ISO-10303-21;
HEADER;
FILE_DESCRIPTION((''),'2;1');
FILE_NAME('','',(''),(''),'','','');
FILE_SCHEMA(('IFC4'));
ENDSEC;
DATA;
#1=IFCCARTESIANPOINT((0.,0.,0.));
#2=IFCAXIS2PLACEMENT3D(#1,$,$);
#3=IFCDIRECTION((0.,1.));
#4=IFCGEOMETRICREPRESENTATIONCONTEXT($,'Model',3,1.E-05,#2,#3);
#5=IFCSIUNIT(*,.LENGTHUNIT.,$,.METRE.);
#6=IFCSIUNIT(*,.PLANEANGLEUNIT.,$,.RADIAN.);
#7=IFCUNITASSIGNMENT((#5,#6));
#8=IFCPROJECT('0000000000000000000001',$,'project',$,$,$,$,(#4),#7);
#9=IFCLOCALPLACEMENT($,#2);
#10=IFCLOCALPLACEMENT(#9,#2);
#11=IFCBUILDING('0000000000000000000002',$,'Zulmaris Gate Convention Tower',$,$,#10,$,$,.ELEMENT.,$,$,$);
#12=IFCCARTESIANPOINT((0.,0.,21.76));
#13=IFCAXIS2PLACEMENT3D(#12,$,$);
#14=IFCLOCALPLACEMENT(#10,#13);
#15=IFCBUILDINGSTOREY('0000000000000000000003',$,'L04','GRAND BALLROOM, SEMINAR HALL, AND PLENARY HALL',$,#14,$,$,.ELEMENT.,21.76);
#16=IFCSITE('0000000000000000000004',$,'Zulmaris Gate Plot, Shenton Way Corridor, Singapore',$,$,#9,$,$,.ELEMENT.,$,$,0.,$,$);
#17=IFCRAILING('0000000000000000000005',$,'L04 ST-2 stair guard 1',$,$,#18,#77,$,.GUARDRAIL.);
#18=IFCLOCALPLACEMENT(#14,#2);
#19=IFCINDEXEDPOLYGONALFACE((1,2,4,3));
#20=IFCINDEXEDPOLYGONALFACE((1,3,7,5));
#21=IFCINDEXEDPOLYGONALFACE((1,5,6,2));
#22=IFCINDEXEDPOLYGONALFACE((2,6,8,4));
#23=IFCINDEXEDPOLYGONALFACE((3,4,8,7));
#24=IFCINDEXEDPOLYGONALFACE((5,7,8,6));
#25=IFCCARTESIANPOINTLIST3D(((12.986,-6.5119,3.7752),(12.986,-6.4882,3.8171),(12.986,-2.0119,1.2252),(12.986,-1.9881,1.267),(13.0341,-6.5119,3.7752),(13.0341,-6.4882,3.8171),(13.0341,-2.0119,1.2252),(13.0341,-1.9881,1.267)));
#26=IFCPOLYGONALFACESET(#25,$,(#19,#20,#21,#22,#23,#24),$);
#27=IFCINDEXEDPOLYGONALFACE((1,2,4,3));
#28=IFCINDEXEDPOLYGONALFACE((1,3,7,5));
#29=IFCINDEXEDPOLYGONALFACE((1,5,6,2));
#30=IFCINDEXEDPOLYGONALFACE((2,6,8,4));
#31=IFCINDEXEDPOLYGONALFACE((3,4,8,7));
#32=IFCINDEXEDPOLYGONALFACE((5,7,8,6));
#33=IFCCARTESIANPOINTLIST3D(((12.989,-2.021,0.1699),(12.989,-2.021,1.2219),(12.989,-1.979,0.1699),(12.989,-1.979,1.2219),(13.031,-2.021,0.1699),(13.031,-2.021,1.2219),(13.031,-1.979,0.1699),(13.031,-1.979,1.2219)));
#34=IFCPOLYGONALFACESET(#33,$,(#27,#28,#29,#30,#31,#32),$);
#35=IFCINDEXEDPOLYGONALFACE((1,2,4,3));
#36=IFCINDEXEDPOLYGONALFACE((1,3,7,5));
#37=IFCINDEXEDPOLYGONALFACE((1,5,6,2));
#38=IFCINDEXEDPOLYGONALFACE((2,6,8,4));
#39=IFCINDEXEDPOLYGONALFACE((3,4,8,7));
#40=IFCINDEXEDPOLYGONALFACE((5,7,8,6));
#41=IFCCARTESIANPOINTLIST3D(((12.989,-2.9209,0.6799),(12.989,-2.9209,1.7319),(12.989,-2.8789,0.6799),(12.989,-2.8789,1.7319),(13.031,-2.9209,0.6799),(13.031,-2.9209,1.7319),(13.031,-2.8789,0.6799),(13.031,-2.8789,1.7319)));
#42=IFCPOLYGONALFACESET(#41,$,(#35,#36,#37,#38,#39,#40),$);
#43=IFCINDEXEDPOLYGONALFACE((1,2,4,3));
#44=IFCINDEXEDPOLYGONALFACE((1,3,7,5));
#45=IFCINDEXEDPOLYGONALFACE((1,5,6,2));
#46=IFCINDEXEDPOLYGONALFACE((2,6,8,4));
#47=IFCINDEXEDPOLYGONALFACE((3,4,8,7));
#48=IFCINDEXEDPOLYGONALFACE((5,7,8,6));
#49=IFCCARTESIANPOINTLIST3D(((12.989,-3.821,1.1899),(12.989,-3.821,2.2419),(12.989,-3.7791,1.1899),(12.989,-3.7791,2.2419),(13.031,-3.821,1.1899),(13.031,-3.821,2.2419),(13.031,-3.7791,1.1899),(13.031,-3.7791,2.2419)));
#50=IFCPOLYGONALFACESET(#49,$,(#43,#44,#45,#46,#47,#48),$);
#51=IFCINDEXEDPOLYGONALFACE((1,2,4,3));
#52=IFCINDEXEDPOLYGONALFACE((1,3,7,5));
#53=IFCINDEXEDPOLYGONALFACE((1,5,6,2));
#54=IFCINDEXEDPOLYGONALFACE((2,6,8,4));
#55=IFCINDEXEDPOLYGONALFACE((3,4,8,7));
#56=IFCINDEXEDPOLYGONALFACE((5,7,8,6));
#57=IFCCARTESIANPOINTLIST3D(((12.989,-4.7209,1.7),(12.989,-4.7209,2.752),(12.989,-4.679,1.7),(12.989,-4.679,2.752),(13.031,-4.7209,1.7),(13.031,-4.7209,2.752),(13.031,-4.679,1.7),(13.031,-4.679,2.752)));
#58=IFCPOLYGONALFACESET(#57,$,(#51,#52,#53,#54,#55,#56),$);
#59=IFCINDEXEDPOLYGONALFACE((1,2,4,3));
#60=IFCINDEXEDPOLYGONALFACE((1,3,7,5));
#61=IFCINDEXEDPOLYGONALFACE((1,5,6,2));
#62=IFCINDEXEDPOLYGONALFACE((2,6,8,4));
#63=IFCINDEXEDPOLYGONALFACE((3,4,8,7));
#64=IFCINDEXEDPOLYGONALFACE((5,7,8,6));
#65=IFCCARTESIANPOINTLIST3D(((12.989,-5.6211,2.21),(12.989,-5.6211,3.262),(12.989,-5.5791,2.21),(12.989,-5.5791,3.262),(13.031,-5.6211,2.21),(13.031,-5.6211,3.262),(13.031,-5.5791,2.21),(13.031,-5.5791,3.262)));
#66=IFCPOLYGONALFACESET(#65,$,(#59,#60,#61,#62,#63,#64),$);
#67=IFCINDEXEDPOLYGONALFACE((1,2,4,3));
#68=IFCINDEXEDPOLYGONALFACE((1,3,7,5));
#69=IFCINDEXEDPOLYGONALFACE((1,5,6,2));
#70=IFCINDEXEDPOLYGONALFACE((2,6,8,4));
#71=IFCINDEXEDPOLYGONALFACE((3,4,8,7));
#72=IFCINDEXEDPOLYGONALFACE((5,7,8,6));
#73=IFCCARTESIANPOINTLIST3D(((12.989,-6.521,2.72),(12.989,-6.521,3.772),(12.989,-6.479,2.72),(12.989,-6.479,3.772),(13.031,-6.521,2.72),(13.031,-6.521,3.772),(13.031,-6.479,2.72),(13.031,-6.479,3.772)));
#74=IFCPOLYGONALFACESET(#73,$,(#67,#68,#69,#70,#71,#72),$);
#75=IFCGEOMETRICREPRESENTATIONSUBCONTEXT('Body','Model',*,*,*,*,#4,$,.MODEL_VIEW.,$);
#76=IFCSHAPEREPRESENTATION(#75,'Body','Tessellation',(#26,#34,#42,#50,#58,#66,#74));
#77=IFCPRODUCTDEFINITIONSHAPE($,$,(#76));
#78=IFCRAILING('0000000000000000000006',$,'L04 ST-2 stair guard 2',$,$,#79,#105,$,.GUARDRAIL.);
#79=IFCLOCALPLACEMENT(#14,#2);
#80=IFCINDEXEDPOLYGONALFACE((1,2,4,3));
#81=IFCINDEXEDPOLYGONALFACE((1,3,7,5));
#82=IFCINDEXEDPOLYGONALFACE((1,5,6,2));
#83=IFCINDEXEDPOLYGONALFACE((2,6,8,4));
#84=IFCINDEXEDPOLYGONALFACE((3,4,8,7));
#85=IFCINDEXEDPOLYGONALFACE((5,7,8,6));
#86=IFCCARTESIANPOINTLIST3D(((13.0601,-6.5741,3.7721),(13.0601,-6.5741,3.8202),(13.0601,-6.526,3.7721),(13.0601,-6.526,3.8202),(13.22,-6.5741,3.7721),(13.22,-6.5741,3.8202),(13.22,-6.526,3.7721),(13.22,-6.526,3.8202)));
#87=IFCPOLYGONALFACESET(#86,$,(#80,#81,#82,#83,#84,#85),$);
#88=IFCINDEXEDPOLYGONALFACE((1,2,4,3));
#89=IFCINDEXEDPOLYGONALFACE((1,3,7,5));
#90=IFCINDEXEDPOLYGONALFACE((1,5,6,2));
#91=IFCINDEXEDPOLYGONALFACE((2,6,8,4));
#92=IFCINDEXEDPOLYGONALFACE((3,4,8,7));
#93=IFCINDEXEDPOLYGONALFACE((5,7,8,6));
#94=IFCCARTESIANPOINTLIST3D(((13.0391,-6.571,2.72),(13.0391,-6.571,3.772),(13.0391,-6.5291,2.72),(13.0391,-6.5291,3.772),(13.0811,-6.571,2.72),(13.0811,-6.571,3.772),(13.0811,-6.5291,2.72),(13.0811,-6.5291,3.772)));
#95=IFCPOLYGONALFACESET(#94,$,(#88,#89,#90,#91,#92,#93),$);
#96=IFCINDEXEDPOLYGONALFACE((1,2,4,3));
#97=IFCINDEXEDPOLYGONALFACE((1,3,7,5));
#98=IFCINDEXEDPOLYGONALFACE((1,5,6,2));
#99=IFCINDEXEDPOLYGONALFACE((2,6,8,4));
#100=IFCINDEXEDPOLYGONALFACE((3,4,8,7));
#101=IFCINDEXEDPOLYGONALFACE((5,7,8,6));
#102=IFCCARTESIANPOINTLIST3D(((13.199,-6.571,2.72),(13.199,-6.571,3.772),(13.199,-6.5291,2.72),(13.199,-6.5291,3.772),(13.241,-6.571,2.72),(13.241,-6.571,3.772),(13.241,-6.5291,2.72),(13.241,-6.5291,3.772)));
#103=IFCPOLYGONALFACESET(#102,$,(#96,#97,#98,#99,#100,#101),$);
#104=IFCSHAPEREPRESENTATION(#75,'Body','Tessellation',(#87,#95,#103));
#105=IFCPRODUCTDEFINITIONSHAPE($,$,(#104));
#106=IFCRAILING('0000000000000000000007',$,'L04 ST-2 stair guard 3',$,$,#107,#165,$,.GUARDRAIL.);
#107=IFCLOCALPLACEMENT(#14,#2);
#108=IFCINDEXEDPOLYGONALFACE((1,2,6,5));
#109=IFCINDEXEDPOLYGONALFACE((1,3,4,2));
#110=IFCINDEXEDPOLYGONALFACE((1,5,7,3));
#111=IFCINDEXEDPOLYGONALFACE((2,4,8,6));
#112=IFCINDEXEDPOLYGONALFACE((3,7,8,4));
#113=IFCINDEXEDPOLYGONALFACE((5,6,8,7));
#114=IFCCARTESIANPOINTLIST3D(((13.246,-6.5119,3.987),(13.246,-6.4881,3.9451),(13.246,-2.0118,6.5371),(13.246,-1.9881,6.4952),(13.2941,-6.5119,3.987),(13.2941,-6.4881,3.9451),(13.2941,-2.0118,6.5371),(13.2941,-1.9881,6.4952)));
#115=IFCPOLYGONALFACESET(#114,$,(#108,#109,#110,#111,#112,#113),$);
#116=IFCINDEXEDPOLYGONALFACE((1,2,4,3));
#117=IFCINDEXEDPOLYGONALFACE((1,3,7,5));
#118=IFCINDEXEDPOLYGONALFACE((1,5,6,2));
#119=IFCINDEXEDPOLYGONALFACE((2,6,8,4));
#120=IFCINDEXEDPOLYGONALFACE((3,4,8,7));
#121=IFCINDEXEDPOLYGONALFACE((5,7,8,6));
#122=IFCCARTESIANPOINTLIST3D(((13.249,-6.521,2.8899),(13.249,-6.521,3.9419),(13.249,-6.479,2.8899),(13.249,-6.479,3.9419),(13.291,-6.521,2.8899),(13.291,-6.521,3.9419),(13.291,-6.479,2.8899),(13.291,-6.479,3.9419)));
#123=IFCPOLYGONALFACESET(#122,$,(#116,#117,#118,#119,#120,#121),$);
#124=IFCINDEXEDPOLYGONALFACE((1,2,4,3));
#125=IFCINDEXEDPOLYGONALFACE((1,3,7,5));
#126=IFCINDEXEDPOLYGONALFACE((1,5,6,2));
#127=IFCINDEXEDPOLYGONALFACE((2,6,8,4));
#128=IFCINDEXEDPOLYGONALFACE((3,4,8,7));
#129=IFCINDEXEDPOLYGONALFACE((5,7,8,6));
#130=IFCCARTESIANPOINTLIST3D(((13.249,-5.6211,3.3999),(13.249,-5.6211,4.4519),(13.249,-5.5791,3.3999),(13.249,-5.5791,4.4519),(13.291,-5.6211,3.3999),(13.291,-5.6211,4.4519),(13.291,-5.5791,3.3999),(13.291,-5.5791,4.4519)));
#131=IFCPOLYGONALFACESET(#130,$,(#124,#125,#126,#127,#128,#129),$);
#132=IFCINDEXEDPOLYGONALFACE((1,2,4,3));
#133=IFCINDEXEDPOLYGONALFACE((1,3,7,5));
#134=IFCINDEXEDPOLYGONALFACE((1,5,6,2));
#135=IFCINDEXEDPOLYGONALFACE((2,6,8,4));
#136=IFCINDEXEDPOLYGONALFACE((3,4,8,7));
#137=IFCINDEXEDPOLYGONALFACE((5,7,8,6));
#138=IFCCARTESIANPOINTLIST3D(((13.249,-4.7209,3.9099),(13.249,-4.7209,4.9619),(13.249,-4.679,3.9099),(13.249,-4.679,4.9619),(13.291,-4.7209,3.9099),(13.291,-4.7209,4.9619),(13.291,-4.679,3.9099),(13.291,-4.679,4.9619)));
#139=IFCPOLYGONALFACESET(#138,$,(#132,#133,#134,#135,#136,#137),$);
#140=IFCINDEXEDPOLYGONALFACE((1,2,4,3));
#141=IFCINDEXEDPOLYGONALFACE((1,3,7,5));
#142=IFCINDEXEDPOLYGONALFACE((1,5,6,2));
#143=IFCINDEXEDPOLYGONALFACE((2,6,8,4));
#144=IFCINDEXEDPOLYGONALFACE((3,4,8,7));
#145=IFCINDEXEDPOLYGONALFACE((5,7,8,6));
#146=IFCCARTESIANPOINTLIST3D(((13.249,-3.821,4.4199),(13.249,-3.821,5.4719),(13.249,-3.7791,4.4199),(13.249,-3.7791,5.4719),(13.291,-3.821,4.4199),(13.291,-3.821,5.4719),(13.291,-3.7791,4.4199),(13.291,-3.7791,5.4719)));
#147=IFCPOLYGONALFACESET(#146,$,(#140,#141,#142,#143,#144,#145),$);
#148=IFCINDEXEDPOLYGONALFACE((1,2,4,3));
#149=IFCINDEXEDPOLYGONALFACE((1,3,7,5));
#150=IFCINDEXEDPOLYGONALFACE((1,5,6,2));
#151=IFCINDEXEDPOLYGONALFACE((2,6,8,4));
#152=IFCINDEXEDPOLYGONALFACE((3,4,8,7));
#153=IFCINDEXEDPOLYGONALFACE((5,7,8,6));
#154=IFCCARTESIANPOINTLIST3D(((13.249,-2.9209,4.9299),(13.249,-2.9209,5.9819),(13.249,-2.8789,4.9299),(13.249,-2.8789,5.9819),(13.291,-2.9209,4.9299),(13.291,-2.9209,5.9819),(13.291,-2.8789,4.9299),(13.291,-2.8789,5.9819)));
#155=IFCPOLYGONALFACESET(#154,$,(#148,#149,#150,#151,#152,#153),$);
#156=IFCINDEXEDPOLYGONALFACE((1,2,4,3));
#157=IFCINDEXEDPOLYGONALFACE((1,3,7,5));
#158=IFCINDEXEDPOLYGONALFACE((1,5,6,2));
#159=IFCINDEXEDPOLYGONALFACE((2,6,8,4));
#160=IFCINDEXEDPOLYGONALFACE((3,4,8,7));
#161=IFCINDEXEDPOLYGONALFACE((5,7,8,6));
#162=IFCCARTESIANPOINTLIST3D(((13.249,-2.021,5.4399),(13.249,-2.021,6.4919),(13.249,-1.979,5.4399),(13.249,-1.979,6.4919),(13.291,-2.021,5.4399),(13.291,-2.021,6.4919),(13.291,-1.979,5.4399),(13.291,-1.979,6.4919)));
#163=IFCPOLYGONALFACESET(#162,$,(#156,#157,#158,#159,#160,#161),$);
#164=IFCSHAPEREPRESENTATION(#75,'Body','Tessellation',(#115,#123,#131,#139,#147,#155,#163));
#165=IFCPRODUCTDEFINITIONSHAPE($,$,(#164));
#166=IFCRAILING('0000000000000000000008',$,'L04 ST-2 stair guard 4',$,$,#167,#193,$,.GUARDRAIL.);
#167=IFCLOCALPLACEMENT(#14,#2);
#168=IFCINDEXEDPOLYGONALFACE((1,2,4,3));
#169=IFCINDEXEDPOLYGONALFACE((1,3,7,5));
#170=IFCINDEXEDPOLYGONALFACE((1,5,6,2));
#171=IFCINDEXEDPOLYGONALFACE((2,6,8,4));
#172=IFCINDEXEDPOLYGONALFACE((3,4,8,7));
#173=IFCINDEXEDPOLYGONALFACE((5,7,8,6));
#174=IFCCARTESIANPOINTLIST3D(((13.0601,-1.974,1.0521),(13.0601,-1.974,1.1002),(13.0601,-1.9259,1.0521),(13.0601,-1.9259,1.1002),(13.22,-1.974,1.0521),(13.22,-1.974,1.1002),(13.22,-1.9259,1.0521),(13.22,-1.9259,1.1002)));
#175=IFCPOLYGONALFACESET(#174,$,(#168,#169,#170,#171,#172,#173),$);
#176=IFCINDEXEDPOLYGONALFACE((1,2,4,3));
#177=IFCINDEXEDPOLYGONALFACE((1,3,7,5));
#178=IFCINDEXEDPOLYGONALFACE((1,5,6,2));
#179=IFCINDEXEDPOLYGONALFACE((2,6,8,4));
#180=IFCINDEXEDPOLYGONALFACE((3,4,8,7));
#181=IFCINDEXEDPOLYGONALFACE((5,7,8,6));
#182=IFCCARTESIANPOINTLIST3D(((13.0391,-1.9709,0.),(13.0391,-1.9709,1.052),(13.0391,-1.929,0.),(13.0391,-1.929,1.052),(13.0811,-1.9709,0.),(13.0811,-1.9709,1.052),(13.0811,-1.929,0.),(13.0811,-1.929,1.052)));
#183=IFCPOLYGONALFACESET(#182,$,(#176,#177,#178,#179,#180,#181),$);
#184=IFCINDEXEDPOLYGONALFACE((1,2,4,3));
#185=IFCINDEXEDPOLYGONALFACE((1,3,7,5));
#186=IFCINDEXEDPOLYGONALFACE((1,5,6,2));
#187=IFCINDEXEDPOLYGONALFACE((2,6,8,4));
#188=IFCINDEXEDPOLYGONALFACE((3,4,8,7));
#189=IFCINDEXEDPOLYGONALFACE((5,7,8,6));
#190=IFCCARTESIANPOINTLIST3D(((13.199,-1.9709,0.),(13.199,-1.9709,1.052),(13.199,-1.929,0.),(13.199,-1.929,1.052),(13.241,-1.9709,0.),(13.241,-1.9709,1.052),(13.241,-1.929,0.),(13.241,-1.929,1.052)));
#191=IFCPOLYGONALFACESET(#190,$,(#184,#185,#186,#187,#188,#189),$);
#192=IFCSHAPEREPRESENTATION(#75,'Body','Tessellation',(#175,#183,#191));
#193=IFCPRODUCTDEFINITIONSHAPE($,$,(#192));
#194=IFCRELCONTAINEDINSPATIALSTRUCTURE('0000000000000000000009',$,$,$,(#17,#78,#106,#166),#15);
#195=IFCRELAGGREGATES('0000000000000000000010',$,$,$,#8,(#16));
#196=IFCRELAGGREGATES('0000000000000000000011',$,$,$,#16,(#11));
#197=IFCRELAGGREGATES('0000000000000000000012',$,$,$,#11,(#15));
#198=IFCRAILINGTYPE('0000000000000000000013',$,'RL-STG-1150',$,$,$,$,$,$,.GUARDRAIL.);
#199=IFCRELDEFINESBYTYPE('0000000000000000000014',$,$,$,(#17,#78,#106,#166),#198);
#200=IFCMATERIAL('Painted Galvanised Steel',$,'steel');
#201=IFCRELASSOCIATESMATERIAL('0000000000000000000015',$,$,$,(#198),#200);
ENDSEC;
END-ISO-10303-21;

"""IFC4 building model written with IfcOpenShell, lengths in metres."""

from ifc_helpers import new_model, si_unit, direction, frame, origin, origin_2d, place, context, subcontext, project, spatial, rectangle, extrude, material, type_object, element, save


model = new_model("IFC4")

# Units and contexts
model_context = context("Model", 3, precision=1e-05, world=origin(), true_north=direction((0.0, 1.0)))
body_context = subcontext(model_context, "Body", "Model", "MODEL_VIEW")
ifc_project = project(units=[si_unit("LENGTHUNIT", "METRE"), si_unit("PLANEANGLEUNIT", "RADIAN")], contexts=[model_context])

# Site, building, storey
site_placement = place(None, origin())
site = spatial("IfcSite", under=ifc_project, at=site_placement, Name="Zulmaris Gate Plot, Shenton Way Corridor, Singapore", CompositionType="ELEMENT", RefElevation=0.0)
building_placement = place(site_placement, origin())
building = spatial("IfcBuilding", under=site, at=building_placement, Name="Zulmaris Gate Convention Tower", CompositionType="ELEMENT")
storey_placement = place(building_placement, frame((0.0, 0.0, 21.76)))
storey = spatial("IfcBuildingStorey", under=building, at=storey_placement, Name="L04", Description="GRAND BALLROOM, SEMINAR HALL, AND PLENARY HALL", CompositionType="ELEMENT", Elevation=21.76)

# Railings
ifc_material_1 = material(Name="Painted Galvanised Steel", Category="steel")
railing_type_1 = type_object("IfcRailingType", Name="RL-STG-1150", PredefinedType="GUARDRAIL", material=ifc_material_1)
railing_1_placement = place(storey_placement, frame((13.01, -2.0, 0.1699)))
element("IfcRailing", 1, at=railing_1_placement, inside=storey, type_object=railing_type_1, Name="L04 ST-2 stair guard 1", PredefinedType="GUARDRAIL", context=body_context, shape_type="SweptSolid", body=[
    extrude(rectangle(XDim=0.0481, YDim=0.0481, at=origin_2d()), frame((0.0, 0.0, 1.0762), z_axis=(0.0, -0.870018, 0.49302), x_axis=(1.0, 0.0, 0.0)), (0.0, 0.0, 1.0), 5.1724),
    extrude(rectangle(XDim=0.042, YDim=0.042, at=origin_2d()), origin(), (0.0, 0.0, 1.0), 1.052),
    extrude(rectangle(XDim=0.042, YDim=0.042, at=origin_2d()), frame((0.0, -0.8999, 0.51)), (0.0, 0.0, 1.0), 1.052),
    extrude(rectangle(XDim=0.042, YDim=0.042, at=origin_2d()), frame((0.0, -1.8, 1.02)), (0.0, 0.0, 1.0), 1.052),
    extrude(rectangle(XDim=0.042, YDim=0.042, at=origin_2d()), frame((0.0, -2.7, 1.53)), (0.0, 0.0, 1.0), 1.052),
    extrude(rectangle(XDim=0.042, YDim=0.042, at=origin_2d()), frame((0.0, -3.6001, 2.04)), (0.0, 0.0, 1.0), 1.052),
    extrude(rectangle(XDim=0.042, YDim=0.042, at=origin_2d()), frame((0.0, -4.5, 2.55)), (0.0, 0.0, 1.0), 1.052),
])
railing_2_placement = place(storey_placement, frame((13.0601, -6.55, 2.72)))
element("IfcRailing", 2, at=railing_2_placement, inside=storey, type_object=railing_type_1, Name="L04 ST-2 stair guard 2", PredefinedType="GUARDRAIL", context=body_context, shape_type="SweptSolid", body=[
    extrude(rectangle(XDim=0.0481, YDim=0.0481, at=origin_2d()), frame((0.0, 0.0, 1.0762), z_axis=(1.0, 0.0, 0.0), x_axis=(0.0, 1.0, 0.0)), (0.0, 0.0, 1.0), 0.1599),
    extrude(rectangle(XDim=0.042, YDim=0.042, at=origin_2d()), origin(), (0.0, 0.0, 1.0), 1.052),
    extrude(rectangle(XDim=0.042, YDim=0.042, at=origin_2d()), frame((0.1599, 0.0, 0.0)), (0.0, 0.0, 1.0), 1.052),
])
railing_3_placement = place(storey_placement, frame((13.27, -6.5, 2.8899)))
element("IfcRailing", 3, at=railing_3_placement, inside=storey, type_object=railing_type_1, Name="L04 ST-2 stair guard 3", PredefinedType="GUARDRAIL", context=body_context, shape_type="SweptSolid", body=[
    extrude(rectangle(XDim=0.0481, YDim=0.0481, at=origin_2d()), frame((0.0, 0.0, 1.0762), z_axis=(0.0, 0.870018, 0.49302), x_axis=(-1.0, 0.0, 0.0)), (0.0, 0.0, 1.0), 5.1724),
    extrude(rectangle(XDim=0.042, YDim=0.042, at=origin_2d()), origin(), (0.0, 0.0, 1.0), 1.052),
    extrude(rectangle(XDim=0.042, YDim=0.042, at=origin_2d()), frame((0.0, 0.8999, 0.51)), (0.0, 0.0, 1.0), 1.052),
    extrude(rectangle(XDim=0.042, YDim=0.042, at=origin_2d()), frame((0.0, 1.8, 1.02)), (0.0, 0.0, 1.0), 1.052),
    extrude(rectangle(XDim=0.042, YDim=0.042, at=origin_2d()), frame((0.0, 2.7, 1.53)), (0.0, 0.0, 1.0), 1.052),
    extrude(rectangle(XDim=0.042, YDim=0.042, at=origin_2d()), frame((0.0, 3.6001, 2.04)), (0.0, 0.0, 1.0), 1.052),
    extrude(rectangle(XDim=0.042, YDim=0.042, at=origin_2d()), frame((0.0, 4.5, 2.55)), (0.0, 0.0, 1.0), 1.052),
])
railing_4_placement = place(storey_placement, frame((13.0601, -1.95, 0.0)))
element("IfcRailing", 4, at=railing_4_placement, inside=storey, type_object=railing_type_1, Name="L04 ST-2 stair guard 4", PredefinedType="GUARDRAIL", context=body_context, shape_type="SweptSolid", body=[
    extrude(rectangle(XDim=0.0481, YDim=0.0481, at=origin_2d()), frame((0.0, 0.0, 1.0762), z_axis=(1.0, 0.0, 0.0), x_axis=(0.0, 1.0, 0.0)), (0.0, 0.0, 1.0), 0.1599),
    extrude(rectangle(XDim=0.042, YDim=0.042, at=origin_2d()), origin(), (0.0, 0.0, 1.0), 1.052),
    extrude(rectangle(XDim=0.042, YDim=0.042, at=origin_2d()), frame((0.1599, 0.0, 0.0)), (0.0, 0.0, 1.0), 1.052),
])

save(model, "model.ifc")
